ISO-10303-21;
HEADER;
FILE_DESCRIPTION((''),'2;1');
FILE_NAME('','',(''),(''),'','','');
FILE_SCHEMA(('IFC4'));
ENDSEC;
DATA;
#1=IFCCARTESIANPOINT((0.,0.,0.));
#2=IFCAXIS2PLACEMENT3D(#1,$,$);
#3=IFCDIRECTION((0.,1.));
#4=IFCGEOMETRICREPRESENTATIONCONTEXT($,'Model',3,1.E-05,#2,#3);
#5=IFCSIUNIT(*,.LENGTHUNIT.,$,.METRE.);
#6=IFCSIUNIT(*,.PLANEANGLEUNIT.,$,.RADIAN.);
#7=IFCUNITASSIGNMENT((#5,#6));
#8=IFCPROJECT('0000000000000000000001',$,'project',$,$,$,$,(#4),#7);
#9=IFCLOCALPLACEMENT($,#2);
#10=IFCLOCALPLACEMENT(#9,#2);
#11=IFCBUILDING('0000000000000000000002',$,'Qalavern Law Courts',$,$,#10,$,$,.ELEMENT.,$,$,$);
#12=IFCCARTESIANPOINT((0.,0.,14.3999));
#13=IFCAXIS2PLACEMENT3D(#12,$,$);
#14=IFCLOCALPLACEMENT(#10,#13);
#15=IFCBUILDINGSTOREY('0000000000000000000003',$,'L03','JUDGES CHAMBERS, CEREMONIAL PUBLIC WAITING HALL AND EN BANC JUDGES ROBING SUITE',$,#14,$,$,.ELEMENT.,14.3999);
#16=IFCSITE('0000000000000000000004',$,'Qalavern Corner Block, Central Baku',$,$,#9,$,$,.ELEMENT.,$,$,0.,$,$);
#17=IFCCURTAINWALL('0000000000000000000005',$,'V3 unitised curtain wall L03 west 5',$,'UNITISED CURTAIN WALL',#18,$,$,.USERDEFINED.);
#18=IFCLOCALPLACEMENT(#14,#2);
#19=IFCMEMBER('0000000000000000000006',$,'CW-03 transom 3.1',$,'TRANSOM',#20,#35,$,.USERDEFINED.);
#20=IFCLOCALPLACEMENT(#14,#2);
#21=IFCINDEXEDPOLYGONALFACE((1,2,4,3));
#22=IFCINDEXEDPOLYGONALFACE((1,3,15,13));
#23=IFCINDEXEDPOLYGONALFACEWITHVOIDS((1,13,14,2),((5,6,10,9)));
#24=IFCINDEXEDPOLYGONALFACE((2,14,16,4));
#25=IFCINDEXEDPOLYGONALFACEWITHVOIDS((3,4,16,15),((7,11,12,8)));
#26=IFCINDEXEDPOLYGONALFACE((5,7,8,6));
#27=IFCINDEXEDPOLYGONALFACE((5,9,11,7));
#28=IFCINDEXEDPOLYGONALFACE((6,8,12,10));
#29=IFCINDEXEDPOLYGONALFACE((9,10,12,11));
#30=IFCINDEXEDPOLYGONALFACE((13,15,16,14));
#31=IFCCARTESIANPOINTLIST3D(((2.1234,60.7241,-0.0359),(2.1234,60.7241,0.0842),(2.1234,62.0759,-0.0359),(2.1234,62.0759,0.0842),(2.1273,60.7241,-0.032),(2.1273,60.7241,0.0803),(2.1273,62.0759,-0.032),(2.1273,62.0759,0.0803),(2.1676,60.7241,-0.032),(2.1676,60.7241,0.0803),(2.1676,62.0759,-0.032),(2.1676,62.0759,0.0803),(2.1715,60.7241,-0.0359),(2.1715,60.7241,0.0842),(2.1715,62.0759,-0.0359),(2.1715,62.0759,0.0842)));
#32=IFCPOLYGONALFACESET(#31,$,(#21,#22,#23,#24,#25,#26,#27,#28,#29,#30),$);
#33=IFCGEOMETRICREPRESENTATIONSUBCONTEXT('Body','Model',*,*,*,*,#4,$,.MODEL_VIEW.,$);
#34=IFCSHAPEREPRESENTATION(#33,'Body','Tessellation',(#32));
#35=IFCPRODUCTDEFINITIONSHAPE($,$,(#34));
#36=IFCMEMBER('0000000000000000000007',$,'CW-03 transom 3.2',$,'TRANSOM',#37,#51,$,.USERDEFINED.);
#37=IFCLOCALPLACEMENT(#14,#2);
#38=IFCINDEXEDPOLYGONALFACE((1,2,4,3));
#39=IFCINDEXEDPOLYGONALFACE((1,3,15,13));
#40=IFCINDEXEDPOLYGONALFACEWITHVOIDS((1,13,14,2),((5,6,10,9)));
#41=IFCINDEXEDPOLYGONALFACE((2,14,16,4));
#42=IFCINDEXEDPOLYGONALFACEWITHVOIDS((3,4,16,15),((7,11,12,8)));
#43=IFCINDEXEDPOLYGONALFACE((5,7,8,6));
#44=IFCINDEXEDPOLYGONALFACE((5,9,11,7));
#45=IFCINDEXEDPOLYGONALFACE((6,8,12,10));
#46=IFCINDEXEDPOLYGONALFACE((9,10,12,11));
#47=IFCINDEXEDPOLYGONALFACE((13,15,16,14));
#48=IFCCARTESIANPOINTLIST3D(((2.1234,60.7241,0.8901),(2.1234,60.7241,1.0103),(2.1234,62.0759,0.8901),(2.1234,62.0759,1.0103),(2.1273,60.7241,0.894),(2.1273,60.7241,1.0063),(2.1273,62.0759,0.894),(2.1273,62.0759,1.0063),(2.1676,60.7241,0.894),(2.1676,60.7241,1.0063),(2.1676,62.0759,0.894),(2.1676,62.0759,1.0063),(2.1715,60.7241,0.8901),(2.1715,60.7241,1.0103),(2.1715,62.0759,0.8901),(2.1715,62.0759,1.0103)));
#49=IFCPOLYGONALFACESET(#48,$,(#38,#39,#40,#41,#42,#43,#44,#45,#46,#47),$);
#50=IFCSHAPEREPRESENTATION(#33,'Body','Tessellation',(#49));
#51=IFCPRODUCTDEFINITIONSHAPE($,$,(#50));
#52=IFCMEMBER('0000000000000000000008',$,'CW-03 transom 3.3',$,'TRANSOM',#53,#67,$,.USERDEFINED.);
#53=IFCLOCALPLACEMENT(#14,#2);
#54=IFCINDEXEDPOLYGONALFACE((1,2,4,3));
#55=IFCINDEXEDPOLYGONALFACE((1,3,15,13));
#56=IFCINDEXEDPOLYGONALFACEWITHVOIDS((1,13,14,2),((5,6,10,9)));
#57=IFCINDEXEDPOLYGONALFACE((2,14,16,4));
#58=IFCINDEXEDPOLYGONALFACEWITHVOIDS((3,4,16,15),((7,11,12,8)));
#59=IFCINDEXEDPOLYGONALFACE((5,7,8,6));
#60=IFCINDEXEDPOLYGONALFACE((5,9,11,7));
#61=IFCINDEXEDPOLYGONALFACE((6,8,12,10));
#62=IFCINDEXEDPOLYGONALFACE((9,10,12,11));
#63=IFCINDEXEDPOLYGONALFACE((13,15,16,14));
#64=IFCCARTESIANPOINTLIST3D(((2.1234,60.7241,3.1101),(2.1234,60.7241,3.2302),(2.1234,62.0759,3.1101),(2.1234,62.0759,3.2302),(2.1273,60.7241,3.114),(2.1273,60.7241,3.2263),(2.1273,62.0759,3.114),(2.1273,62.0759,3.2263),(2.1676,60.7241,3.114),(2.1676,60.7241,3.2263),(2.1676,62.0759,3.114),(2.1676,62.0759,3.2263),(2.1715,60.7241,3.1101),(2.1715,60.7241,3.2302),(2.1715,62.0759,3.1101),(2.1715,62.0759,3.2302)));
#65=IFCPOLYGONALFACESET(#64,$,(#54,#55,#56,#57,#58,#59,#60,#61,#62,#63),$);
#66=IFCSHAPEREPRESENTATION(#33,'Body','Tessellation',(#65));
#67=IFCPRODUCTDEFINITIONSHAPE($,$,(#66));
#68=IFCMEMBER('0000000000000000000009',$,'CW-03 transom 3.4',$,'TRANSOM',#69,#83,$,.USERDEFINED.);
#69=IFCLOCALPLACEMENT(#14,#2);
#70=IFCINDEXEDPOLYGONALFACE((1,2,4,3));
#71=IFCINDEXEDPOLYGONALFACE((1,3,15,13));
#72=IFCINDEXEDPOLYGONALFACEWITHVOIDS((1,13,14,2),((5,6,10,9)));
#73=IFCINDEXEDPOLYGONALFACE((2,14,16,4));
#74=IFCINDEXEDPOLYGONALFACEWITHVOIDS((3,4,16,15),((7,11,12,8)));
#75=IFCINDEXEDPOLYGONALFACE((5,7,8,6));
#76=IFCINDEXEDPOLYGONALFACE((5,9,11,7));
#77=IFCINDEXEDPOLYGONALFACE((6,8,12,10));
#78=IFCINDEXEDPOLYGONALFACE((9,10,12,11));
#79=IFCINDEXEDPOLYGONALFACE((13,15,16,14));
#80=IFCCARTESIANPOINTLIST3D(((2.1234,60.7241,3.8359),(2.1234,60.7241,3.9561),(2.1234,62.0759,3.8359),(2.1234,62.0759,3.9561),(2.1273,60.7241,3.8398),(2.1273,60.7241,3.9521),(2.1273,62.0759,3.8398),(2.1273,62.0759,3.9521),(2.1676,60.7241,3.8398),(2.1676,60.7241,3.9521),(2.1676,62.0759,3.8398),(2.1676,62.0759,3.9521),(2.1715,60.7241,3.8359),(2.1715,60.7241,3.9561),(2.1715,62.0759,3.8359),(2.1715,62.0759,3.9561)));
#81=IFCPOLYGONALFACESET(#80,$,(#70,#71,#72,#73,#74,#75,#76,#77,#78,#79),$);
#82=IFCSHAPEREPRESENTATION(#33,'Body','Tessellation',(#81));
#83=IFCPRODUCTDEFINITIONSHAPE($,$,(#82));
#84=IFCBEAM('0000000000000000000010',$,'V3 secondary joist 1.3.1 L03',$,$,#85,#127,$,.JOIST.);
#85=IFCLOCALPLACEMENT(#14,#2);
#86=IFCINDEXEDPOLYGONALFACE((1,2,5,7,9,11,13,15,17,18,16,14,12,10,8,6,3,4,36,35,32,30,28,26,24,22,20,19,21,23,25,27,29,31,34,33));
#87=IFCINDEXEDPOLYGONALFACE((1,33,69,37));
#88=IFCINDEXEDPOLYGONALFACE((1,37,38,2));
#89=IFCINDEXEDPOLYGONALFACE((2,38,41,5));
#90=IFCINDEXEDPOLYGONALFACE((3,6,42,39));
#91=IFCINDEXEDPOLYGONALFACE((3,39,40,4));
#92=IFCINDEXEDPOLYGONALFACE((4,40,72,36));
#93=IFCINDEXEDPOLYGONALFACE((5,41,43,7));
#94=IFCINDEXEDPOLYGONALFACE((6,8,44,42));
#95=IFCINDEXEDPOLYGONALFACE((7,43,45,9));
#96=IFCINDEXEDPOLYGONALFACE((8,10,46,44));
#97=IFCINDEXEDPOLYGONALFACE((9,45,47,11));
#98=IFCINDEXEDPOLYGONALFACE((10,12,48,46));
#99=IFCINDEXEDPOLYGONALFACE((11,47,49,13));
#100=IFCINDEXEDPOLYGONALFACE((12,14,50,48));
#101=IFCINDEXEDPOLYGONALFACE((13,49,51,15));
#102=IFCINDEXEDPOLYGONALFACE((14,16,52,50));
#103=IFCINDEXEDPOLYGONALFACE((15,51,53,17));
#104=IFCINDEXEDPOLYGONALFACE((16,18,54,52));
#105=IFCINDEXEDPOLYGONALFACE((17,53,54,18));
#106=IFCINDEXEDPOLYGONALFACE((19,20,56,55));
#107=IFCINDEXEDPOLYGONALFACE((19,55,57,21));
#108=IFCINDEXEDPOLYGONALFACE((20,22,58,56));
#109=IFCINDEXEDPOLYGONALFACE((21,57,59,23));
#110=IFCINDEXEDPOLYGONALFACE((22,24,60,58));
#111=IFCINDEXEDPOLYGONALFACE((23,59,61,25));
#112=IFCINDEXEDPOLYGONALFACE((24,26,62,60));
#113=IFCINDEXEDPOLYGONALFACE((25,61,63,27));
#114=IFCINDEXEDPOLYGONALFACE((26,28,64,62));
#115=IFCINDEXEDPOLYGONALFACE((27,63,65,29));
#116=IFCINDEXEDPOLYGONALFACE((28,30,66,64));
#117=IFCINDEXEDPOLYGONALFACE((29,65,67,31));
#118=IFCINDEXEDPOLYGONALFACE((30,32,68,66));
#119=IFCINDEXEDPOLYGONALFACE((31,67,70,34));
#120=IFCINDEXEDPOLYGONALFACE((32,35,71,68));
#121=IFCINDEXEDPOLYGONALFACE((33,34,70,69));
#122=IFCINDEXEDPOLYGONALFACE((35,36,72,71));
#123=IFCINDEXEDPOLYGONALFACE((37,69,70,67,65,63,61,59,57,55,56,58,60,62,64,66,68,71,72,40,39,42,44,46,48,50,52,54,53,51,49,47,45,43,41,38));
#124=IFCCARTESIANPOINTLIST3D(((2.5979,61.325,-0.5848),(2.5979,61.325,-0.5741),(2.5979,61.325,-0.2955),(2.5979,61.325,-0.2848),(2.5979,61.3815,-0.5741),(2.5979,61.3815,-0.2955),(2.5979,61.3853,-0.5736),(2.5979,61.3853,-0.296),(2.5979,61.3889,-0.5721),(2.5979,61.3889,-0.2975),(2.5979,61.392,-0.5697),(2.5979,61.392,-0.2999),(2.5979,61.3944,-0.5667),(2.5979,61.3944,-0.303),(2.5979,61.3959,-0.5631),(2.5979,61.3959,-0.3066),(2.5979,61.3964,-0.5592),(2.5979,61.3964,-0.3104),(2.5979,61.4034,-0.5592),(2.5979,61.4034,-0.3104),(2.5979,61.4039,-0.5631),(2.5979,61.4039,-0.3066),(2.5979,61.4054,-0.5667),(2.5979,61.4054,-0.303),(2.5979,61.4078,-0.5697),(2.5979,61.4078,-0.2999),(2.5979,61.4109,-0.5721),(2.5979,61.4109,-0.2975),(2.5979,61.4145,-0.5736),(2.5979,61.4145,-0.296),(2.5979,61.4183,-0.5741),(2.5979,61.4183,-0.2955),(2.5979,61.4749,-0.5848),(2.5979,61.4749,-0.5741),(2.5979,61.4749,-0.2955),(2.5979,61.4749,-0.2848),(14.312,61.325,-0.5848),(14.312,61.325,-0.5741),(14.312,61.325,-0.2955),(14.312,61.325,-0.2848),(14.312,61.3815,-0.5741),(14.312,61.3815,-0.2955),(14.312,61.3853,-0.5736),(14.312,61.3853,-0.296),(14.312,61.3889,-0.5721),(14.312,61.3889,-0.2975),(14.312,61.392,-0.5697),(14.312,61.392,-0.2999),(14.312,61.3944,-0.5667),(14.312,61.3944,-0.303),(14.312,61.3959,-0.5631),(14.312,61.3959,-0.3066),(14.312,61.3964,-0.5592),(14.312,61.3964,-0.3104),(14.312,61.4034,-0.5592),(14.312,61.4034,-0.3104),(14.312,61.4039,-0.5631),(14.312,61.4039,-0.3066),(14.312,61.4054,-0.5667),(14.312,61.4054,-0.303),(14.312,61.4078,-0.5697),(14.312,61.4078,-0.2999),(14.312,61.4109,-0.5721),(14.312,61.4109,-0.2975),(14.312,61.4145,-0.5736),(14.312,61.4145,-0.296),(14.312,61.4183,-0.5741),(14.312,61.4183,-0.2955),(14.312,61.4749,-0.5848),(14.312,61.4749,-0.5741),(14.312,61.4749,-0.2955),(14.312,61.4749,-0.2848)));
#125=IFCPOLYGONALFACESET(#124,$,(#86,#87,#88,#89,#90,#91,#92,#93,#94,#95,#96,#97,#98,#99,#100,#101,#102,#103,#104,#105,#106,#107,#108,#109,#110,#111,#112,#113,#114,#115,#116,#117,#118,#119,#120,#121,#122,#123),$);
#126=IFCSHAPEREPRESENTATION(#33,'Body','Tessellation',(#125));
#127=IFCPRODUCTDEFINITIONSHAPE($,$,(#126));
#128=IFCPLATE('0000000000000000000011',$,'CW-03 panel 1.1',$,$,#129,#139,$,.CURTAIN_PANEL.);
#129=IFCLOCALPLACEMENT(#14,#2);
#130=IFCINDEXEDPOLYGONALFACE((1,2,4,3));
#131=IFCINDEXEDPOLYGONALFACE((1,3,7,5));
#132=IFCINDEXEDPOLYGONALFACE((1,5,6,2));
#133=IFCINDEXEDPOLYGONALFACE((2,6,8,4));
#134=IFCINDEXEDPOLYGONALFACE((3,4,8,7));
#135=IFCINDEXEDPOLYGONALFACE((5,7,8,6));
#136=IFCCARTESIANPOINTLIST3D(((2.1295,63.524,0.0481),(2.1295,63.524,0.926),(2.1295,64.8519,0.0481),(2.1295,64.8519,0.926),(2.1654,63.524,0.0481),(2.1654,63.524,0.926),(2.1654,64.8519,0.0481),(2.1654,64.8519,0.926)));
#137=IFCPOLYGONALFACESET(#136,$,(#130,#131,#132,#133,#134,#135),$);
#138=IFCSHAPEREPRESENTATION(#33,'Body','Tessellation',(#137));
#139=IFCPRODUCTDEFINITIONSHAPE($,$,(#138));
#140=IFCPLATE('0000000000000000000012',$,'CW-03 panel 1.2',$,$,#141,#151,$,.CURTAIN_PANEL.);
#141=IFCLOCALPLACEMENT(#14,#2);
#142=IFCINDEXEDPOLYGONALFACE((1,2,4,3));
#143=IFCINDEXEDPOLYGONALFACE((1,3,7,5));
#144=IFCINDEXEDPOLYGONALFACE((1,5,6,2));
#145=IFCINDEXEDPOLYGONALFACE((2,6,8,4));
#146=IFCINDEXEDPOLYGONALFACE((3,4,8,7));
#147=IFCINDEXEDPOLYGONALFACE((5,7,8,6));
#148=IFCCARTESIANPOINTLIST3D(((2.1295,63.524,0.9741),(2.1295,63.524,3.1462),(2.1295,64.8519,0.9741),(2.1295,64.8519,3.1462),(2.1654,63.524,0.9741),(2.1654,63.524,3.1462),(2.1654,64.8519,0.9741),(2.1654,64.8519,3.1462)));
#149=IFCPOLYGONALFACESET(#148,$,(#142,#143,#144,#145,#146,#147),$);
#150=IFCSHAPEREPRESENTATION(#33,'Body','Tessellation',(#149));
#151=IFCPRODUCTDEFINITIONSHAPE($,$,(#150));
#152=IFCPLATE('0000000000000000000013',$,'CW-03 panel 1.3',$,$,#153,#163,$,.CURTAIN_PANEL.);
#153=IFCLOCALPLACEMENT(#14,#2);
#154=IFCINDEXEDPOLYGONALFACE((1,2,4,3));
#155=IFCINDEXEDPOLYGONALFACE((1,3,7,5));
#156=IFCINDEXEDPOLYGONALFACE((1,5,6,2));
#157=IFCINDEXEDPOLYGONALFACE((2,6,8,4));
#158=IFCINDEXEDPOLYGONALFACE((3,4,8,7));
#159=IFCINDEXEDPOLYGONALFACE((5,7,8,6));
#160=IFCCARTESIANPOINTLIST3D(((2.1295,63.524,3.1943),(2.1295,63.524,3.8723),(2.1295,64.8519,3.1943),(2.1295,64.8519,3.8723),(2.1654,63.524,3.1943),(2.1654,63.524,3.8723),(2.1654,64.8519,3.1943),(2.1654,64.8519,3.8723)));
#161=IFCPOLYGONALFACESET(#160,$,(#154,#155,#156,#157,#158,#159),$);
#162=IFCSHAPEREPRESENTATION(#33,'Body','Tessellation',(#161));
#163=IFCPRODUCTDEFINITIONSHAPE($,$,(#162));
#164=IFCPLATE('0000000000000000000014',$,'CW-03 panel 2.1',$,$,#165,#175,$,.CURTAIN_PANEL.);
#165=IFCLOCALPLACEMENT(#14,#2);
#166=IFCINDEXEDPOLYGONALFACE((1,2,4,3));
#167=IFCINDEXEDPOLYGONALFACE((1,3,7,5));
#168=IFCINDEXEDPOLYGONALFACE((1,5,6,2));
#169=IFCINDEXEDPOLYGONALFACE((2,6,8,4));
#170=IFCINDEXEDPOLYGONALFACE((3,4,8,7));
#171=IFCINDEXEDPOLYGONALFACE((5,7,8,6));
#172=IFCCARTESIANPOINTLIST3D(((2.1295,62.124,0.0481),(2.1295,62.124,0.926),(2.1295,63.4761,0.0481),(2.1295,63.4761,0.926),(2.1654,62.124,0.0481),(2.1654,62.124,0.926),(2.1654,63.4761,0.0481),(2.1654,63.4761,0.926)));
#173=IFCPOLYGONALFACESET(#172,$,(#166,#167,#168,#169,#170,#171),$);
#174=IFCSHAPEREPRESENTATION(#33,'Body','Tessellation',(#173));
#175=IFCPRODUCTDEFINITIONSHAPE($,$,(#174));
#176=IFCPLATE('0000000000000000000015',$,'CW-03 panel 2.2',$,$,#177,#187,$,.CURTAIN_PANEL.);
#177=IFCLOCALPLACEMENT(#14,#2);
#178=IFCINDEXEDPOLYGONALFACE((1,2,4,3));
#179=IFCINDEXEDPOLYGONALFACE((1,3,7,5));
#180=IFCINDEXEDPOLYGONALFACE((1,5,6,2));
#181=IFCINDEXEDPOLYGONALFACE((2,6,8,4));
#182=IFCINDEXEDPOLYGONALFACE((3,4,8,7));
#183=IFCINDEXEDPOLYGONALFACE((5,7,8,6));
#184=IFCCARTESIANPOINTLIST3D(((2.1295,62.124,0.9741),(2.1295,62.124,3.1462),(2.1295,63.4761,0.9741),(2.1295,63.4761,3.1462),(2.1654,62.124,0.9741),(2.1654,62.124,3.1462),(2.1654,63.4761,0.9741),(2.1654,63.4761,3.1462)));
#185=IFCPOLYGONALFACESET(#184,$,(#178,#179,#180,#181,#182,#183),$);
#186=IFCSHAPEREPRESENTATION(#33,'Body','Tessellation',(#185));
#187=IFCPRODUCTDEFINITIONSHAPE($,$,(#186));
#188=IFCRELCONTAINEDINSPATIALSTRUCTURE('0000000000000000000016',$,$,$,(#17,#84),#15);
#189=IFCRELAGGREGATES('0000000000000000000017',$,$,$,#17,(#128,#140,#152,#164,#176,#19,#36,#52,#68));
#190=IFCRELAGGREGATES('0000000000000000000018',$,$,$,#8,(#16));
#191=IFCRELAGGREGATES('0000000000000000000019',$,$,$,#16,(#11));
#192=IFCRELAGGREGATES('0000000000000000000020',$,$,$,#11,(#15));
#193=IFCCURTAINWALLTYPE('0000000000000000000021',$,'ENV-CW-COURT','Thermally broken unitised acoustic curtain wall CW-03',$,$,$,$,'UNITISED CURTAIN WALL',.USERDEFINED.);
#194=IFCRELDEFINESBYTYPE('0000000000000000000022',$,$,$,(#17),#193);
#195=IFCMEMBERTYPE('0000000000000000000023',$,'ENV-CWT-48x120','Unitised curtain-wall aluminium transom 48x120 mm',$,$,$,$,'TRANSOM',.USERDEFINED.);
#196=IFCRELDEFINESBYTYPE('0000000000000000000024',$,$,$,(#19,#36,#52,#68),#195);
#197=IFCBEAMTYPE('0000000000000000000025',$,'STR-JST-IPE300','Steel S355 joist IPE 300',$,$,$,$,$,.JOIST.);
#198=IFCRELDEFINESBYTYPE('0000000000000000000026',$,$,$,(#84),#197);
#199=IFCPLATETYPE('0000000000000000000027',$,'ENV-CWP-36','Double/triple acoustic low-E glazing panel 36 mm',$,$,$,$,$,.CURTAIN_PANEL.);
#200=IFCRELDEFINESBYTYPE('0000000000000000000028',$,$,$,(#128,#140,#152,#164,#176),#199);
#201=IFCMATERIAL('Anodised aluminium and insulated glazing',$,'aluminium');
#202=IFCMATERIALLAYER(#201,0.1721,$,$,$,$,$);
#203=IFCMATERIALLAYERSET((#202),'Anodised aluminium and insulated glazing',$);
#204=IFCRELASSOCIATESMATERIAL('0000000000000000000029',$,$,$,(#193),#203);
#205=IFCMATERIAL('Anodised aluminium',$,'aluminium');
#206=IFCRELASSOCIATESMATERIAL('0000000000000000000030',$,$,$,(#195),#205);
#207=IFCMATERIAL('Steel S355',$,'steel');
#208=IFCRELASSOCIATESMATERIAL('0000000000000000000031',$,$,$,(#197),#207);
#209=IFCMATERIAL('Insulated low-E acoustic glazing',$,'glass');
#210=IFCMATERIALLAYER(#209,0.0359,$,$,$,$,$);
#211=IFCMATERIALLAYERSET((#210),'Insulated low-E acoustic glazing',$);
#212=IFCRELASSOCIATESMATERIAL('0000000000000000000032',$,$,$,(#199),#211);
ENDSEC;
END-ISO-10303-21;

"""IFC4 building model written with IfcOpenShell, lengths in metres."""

from ifc_helpers import new_model, si_unit, direction, frame, origin, origin_2d, place, context, subcontext, project, spatial, rectangle, hollow_rectangle, i_section, extrude, material, layer, layer_set, material_profile, profile_set, type_object, element, aggregate, save


model = new_model("IFC4")

# Units and contexts
model_context = context("Model", 3, precision=1e-05, world=origin(), true_north=direction((0.0, 1.0)))
body_context = subcontext(model_context, "Body", "Model", "MODEL_VIEW")
ifc_project = project(units=[si_unit("LENGTHUNIT", "METRE"), si_unit("PLANEANGLEUNIT", "RADIAN")], contexts=[model_context])

# Site, building, storey
site_placement = place(None, origin())
site = spatial("IfcSite", under=ifc_project, at=site_placement, Name="Qalavern Corner Block, Central Baku", CompositionType="ELEMENT", RefElevation=0.0)
building_placement = place(site_placement, origin())
building = spatial("IfcBuilding", under=site, at=building_placement, Name="Qalavern Law Courts", CompositionType="ELEMENT")
storey_placement = place(building_placement, frame((0.0, 0.0, 14.3999)))
storey = spatial("IfcBuildingStorey", under=building, at=storey_placement, Name="L03", Description="JUDGES CHAMBERS, CEREMONIAL PUBLIC WAITING HALL AND EN BANC JUDGES ROBING SUITE", CompositionType="ELEMENT", Elevation=14.3999)

# Curtain wall, members
ifc_material_1 = material(Name="Anodised aluminium and insulated glazing", Category="aluminium")
ifc_layer_1 = layer(ifc_material_1, 0.1721)
ifc_layer_set_1 = layer_set([ifc_layer_1], Name="Anodised aluminium and insulated glazing")
curtain_wall_type = type_object("IfcCurtainWallType", Name="ENV-CW-COURT", Description="Thermally broken unitised acoustic curtain wall CW-03", ElementType="UNITISED CURTAIN WALL", PredefinedType="USERDEFINED", material=ifc_layer_set_1)
curtain_wall_placement = place(storey_placement, origin())
curtain_wall = element("IfcCurtainWall", 1, at=curtain_wall_placement, inside=storey, type_object=curtain_wall_type, Name="V3 unitised curtain wall L03 west 5", ObjectType="UNITISED CURTAIN WALL", PredefinedType="USERDEFINED")
ifc_material_2 = material(Name="Anodised aluminium", Category="aluminium")
ifc_material_profile_1 = material_profile(ifc_material_2, hollow_rectangle(XDim=0.0481, YDim=0.1201, WallThickness=0.0039, at=origin_2d()), Name="ALU TRANSOM 48x120")
ifc_profile_set_1 = profile_set([ifc_material_profile_1], Name="Anodised aluminium")
member_type_1 = type_object("IfcMemberType", Name="ENV-CWT-48x120", Description="Unitised curtain-wall aluminium transom 48x120 mm", ElementType="TRANSOM", PredefinedType="USERDEFINED", material=ifc_profile_set_1)
member_1_placement = place(storey_placement, frame((2.1475, 62.0759, 0.0242), z_axis=(0.0, -1.0, 0.0), x_axis=(1.0, 0.0, 0.0)))
member_1 = element("IfcMember", 2, at=member_1_placement, type_object=member_type_1, Name="CW-03 transom 3.1", ObjectType="TRANSOM", PredefinedType="USERDEFINED", context=body_context, shape_type="SweptSolid", body=[
    extrude(hollow_rectangle(XDim=0.0481, YDim=0.1201, WallThickness=0.0039, at=origin_2d()), origin(), (0.0, 0.0, 1.0), 1.3518),
])
member_2_placement = place(storey_placement, frame((2.1475, 62.0759, 0.9502), z_axis=(0.0, -1.0, 0.0), x_axis=(1.0, 0.0, 0.0)))
member_2 = element("IfcMember", 3, at=member_2_placement, type_object=member_type_1, Name="CW-03 transom 3.2", ObjectType="TRANSOM", PredefinedType="USERDEFINED", context=body_context, shape_type="SweptSolid", body=[
    extrude(hollow_rectangle(XDim=0.0481, YDim=0.1201, WallThickness=0.0039, at=origin_2d()), origin(), (0.0, 0.0, 1.0), 1.3518),
])
member_3_placement = place(storey_placement, frame((2.1475, 62.0759, 3.1702), z_axis=(0.0, -1.0, 0.0), x_axis=(1.0, 0.0, 0.0)))
member_3 = element("IfcMember", 4, at=member_3_placement, type_object=member_type_1, Name="CW-03 transom 3.3", ObjectType="TRANSOM", PredefinedType="USERDEFINED", context=body_context, shape_type="SweptSolid", body=[
    extrude(hollow_rectangle(XDim=0.0481, YDim=0.1201, WallThickness=0.0039, at=origin_2d()), origin(), (0.0, 0.0, 1.0), 1.3518),
])
member_4_placement = place(storey_placement, frame((2.1475, 62.0759, 3.896), z_axis=(0.0, -1.0, 0.0), x_axis=(1.0, 0.0, 0.0)))
member_4 = element("IfcMember", 5, at=member_4_placement, type_object=member_type_1, Name="CW-03 transom 3.4", ObjectType="TRANSOM", PredefinedType="USERDEFINED", context=body_context, shape_type="SweptSolid", body=[
    extrude(hollow_rectangle(XDim=0.0481, YDim=0.1201, WallThickness=0.0039, at=origin_2d()), origin(), (0.0, 0.0, 1.0), 1.3518),
])

# Beam
ifc_material_3 = material(Name="Steel S355", Category="steel")
ifc_material_profile_2 = material_profile(ifc_material_3, i_section(OverallWidth=0.1499, OverallDepth=0.3, WebThickness=0.0071, FlangeThickness=0.0107, FilletRadius=0.0149, at=origin_2d()), Name="IPE 300")
ifc_profile_set_2 = profile_set([ifc_material_profile_2], Name="Steel S355")
beam_type = type_object("IfcBeamType", Name="STR-JST-IPE300", Description="Steel S355 joist IPE 300", PredefinedType="JOIST", material=ifc_profile_set_2)
beam_placement = place(storey_placement, frame((2.5979, 61.3999, -0.4348), z_axis=(1.0, 0.0, 0.0), x_axis=(0.0, 1.0, 0.0)))
element("IfcBeam", 6, at=beam_placement, inside=storey, type_object=beam_type, Name="V3 secondary joist 1.3.1 L03", PredefinedType="JOIST", context=body_context, shape_type="SweptSolid", body=[
    extrude(i_section(OverallWidth=0.1499, OverallDepth=0.3, WebThickness=0.0071, FlangeThickness=0.0107, FilletRadius=0.0149, at=origin_2d()), origin(), (0.0, 0.0, 1.0), 11.7141),
])

# Plates
ifc_material_4 = material(Name="Insulated low-E acoustic glazing", Category="glass")
ifc_layer_2 = layer(ifc_material_4, 0.0359)
ifc_layer_set_2 = layer_set([ifc_layer_2], Name="Insulated low-E acoustic glazing")
plate_type = type_object("IfcPlateType", Name="ENV-CWP-36", Description="Double/triple acoustic low-E glazing panel 36 mm", PredefinedType="CURTAIN_PANEL", material=ifc_layer_set_2)
plate_1_placement = place(storey_placement, frame((2.1475, 64.188, 0.0481), z_axis=(0.0, 0.0, 1.0), x_axis=(0.0, -1.0, 0.0)))
plate_1 = element("IfcPlate", 7, at=plate_1_placement, type_object=plate_type, Name="CW-03 panel 1.1", PredefinedType="CURTAIN_PANEL", context=body_context, shape_type="SweptSolid", body=[
    extrude(rectangle(XDim=1.3279, YDim=0.0359, at=origin_2d()), origin(), (0.0, 0.0, 1.0), 0.8779),
])
plate_2_placement = place(storey_placement, frame((2.1475, 64.188, 0.9741), z_axis=(0.0, 0.0, 1.0), x_axis=(0.0, -1.0, 0.0)))
plate_2 = element("IfcPlate", 8, at=plate_2_placement, type_object=plate_type, Name="CW-03 panel 1.2", PredefinedType="CURTAIN_PANEL", context=body_context, shape_type="SweptSolid", body=[
    extrude(rectangle(XDim=1.3279, YDim=0.0359, at=origin_2d()), origin(), (0.0, 0.0, 1.0), 2.1721),
])
plate_3_placement = place(storey_placement, frame((2.1475, 64.188, 3.1943), z_axis=(0.0, 0.0, 1.0), x_axis=(0.0, -1.0, 0.0)))
plate_3 = element("IfcPlate", 9, at=plate_3_placement, type_object=plate_type, Name="CW-03 panel 1.3", PredefinedType="CURTAIN_PANEL", context=body_context, shape_type="SweptSolid", body=[
    extrude(rectangle(XDim=1.3279, YDim=0.0359, at=origin_2d()), origin(), (0.0, 0.0, 1.0), 0.678),
])
plate_4_placement = place(storey_placement, frame((2.1475, 62.8, 0.0481), z_axis=(0.0, 0.0, 1.0), x_axis=(0.0, -1.0, 0.0)))
plate_4 = element("IfcPlate", 10, at=plate_4_placement, type_object=plate_type, Name="CW-03 panel 2.1", PredefinedType="CURTAIN_PANEL", context=body_context, shape_type="SweptSolid", body=[
    extrude(rectangle(XDim=1.3521, YDim=0.0359, at=origin_2d()), origin(), (0.0, 0.0, 1.0), 0.8779),
])
plate_5_placement = place(storey_placement, frame((2.1475, 62.8, 0.9741), z_axis=(0.0, 0.0, 1.0), x_axis=(0.0, -1.0, 0.0)))
plate_5 = element("IfcPlate", 11, at=plate_5_placement, type_object=plate_type, Name="CW-03 panel 2.2", PredefinedType="CURTAIN_PANEL", context=body_context, shape_type="SweptSolid", body=[
    extrude(rectangle(XDim=1.3521, YDim=0.0359, at=origin_2d()), origin(), (0.0, 0.0, 1.0), 2.1721),
])
aggregate(curtain_wall, [plate_1, plate_2, plate_3, plate_4, plate_5, member_1, member_2, member_3, member_4])

save(model, "model.ifc")
